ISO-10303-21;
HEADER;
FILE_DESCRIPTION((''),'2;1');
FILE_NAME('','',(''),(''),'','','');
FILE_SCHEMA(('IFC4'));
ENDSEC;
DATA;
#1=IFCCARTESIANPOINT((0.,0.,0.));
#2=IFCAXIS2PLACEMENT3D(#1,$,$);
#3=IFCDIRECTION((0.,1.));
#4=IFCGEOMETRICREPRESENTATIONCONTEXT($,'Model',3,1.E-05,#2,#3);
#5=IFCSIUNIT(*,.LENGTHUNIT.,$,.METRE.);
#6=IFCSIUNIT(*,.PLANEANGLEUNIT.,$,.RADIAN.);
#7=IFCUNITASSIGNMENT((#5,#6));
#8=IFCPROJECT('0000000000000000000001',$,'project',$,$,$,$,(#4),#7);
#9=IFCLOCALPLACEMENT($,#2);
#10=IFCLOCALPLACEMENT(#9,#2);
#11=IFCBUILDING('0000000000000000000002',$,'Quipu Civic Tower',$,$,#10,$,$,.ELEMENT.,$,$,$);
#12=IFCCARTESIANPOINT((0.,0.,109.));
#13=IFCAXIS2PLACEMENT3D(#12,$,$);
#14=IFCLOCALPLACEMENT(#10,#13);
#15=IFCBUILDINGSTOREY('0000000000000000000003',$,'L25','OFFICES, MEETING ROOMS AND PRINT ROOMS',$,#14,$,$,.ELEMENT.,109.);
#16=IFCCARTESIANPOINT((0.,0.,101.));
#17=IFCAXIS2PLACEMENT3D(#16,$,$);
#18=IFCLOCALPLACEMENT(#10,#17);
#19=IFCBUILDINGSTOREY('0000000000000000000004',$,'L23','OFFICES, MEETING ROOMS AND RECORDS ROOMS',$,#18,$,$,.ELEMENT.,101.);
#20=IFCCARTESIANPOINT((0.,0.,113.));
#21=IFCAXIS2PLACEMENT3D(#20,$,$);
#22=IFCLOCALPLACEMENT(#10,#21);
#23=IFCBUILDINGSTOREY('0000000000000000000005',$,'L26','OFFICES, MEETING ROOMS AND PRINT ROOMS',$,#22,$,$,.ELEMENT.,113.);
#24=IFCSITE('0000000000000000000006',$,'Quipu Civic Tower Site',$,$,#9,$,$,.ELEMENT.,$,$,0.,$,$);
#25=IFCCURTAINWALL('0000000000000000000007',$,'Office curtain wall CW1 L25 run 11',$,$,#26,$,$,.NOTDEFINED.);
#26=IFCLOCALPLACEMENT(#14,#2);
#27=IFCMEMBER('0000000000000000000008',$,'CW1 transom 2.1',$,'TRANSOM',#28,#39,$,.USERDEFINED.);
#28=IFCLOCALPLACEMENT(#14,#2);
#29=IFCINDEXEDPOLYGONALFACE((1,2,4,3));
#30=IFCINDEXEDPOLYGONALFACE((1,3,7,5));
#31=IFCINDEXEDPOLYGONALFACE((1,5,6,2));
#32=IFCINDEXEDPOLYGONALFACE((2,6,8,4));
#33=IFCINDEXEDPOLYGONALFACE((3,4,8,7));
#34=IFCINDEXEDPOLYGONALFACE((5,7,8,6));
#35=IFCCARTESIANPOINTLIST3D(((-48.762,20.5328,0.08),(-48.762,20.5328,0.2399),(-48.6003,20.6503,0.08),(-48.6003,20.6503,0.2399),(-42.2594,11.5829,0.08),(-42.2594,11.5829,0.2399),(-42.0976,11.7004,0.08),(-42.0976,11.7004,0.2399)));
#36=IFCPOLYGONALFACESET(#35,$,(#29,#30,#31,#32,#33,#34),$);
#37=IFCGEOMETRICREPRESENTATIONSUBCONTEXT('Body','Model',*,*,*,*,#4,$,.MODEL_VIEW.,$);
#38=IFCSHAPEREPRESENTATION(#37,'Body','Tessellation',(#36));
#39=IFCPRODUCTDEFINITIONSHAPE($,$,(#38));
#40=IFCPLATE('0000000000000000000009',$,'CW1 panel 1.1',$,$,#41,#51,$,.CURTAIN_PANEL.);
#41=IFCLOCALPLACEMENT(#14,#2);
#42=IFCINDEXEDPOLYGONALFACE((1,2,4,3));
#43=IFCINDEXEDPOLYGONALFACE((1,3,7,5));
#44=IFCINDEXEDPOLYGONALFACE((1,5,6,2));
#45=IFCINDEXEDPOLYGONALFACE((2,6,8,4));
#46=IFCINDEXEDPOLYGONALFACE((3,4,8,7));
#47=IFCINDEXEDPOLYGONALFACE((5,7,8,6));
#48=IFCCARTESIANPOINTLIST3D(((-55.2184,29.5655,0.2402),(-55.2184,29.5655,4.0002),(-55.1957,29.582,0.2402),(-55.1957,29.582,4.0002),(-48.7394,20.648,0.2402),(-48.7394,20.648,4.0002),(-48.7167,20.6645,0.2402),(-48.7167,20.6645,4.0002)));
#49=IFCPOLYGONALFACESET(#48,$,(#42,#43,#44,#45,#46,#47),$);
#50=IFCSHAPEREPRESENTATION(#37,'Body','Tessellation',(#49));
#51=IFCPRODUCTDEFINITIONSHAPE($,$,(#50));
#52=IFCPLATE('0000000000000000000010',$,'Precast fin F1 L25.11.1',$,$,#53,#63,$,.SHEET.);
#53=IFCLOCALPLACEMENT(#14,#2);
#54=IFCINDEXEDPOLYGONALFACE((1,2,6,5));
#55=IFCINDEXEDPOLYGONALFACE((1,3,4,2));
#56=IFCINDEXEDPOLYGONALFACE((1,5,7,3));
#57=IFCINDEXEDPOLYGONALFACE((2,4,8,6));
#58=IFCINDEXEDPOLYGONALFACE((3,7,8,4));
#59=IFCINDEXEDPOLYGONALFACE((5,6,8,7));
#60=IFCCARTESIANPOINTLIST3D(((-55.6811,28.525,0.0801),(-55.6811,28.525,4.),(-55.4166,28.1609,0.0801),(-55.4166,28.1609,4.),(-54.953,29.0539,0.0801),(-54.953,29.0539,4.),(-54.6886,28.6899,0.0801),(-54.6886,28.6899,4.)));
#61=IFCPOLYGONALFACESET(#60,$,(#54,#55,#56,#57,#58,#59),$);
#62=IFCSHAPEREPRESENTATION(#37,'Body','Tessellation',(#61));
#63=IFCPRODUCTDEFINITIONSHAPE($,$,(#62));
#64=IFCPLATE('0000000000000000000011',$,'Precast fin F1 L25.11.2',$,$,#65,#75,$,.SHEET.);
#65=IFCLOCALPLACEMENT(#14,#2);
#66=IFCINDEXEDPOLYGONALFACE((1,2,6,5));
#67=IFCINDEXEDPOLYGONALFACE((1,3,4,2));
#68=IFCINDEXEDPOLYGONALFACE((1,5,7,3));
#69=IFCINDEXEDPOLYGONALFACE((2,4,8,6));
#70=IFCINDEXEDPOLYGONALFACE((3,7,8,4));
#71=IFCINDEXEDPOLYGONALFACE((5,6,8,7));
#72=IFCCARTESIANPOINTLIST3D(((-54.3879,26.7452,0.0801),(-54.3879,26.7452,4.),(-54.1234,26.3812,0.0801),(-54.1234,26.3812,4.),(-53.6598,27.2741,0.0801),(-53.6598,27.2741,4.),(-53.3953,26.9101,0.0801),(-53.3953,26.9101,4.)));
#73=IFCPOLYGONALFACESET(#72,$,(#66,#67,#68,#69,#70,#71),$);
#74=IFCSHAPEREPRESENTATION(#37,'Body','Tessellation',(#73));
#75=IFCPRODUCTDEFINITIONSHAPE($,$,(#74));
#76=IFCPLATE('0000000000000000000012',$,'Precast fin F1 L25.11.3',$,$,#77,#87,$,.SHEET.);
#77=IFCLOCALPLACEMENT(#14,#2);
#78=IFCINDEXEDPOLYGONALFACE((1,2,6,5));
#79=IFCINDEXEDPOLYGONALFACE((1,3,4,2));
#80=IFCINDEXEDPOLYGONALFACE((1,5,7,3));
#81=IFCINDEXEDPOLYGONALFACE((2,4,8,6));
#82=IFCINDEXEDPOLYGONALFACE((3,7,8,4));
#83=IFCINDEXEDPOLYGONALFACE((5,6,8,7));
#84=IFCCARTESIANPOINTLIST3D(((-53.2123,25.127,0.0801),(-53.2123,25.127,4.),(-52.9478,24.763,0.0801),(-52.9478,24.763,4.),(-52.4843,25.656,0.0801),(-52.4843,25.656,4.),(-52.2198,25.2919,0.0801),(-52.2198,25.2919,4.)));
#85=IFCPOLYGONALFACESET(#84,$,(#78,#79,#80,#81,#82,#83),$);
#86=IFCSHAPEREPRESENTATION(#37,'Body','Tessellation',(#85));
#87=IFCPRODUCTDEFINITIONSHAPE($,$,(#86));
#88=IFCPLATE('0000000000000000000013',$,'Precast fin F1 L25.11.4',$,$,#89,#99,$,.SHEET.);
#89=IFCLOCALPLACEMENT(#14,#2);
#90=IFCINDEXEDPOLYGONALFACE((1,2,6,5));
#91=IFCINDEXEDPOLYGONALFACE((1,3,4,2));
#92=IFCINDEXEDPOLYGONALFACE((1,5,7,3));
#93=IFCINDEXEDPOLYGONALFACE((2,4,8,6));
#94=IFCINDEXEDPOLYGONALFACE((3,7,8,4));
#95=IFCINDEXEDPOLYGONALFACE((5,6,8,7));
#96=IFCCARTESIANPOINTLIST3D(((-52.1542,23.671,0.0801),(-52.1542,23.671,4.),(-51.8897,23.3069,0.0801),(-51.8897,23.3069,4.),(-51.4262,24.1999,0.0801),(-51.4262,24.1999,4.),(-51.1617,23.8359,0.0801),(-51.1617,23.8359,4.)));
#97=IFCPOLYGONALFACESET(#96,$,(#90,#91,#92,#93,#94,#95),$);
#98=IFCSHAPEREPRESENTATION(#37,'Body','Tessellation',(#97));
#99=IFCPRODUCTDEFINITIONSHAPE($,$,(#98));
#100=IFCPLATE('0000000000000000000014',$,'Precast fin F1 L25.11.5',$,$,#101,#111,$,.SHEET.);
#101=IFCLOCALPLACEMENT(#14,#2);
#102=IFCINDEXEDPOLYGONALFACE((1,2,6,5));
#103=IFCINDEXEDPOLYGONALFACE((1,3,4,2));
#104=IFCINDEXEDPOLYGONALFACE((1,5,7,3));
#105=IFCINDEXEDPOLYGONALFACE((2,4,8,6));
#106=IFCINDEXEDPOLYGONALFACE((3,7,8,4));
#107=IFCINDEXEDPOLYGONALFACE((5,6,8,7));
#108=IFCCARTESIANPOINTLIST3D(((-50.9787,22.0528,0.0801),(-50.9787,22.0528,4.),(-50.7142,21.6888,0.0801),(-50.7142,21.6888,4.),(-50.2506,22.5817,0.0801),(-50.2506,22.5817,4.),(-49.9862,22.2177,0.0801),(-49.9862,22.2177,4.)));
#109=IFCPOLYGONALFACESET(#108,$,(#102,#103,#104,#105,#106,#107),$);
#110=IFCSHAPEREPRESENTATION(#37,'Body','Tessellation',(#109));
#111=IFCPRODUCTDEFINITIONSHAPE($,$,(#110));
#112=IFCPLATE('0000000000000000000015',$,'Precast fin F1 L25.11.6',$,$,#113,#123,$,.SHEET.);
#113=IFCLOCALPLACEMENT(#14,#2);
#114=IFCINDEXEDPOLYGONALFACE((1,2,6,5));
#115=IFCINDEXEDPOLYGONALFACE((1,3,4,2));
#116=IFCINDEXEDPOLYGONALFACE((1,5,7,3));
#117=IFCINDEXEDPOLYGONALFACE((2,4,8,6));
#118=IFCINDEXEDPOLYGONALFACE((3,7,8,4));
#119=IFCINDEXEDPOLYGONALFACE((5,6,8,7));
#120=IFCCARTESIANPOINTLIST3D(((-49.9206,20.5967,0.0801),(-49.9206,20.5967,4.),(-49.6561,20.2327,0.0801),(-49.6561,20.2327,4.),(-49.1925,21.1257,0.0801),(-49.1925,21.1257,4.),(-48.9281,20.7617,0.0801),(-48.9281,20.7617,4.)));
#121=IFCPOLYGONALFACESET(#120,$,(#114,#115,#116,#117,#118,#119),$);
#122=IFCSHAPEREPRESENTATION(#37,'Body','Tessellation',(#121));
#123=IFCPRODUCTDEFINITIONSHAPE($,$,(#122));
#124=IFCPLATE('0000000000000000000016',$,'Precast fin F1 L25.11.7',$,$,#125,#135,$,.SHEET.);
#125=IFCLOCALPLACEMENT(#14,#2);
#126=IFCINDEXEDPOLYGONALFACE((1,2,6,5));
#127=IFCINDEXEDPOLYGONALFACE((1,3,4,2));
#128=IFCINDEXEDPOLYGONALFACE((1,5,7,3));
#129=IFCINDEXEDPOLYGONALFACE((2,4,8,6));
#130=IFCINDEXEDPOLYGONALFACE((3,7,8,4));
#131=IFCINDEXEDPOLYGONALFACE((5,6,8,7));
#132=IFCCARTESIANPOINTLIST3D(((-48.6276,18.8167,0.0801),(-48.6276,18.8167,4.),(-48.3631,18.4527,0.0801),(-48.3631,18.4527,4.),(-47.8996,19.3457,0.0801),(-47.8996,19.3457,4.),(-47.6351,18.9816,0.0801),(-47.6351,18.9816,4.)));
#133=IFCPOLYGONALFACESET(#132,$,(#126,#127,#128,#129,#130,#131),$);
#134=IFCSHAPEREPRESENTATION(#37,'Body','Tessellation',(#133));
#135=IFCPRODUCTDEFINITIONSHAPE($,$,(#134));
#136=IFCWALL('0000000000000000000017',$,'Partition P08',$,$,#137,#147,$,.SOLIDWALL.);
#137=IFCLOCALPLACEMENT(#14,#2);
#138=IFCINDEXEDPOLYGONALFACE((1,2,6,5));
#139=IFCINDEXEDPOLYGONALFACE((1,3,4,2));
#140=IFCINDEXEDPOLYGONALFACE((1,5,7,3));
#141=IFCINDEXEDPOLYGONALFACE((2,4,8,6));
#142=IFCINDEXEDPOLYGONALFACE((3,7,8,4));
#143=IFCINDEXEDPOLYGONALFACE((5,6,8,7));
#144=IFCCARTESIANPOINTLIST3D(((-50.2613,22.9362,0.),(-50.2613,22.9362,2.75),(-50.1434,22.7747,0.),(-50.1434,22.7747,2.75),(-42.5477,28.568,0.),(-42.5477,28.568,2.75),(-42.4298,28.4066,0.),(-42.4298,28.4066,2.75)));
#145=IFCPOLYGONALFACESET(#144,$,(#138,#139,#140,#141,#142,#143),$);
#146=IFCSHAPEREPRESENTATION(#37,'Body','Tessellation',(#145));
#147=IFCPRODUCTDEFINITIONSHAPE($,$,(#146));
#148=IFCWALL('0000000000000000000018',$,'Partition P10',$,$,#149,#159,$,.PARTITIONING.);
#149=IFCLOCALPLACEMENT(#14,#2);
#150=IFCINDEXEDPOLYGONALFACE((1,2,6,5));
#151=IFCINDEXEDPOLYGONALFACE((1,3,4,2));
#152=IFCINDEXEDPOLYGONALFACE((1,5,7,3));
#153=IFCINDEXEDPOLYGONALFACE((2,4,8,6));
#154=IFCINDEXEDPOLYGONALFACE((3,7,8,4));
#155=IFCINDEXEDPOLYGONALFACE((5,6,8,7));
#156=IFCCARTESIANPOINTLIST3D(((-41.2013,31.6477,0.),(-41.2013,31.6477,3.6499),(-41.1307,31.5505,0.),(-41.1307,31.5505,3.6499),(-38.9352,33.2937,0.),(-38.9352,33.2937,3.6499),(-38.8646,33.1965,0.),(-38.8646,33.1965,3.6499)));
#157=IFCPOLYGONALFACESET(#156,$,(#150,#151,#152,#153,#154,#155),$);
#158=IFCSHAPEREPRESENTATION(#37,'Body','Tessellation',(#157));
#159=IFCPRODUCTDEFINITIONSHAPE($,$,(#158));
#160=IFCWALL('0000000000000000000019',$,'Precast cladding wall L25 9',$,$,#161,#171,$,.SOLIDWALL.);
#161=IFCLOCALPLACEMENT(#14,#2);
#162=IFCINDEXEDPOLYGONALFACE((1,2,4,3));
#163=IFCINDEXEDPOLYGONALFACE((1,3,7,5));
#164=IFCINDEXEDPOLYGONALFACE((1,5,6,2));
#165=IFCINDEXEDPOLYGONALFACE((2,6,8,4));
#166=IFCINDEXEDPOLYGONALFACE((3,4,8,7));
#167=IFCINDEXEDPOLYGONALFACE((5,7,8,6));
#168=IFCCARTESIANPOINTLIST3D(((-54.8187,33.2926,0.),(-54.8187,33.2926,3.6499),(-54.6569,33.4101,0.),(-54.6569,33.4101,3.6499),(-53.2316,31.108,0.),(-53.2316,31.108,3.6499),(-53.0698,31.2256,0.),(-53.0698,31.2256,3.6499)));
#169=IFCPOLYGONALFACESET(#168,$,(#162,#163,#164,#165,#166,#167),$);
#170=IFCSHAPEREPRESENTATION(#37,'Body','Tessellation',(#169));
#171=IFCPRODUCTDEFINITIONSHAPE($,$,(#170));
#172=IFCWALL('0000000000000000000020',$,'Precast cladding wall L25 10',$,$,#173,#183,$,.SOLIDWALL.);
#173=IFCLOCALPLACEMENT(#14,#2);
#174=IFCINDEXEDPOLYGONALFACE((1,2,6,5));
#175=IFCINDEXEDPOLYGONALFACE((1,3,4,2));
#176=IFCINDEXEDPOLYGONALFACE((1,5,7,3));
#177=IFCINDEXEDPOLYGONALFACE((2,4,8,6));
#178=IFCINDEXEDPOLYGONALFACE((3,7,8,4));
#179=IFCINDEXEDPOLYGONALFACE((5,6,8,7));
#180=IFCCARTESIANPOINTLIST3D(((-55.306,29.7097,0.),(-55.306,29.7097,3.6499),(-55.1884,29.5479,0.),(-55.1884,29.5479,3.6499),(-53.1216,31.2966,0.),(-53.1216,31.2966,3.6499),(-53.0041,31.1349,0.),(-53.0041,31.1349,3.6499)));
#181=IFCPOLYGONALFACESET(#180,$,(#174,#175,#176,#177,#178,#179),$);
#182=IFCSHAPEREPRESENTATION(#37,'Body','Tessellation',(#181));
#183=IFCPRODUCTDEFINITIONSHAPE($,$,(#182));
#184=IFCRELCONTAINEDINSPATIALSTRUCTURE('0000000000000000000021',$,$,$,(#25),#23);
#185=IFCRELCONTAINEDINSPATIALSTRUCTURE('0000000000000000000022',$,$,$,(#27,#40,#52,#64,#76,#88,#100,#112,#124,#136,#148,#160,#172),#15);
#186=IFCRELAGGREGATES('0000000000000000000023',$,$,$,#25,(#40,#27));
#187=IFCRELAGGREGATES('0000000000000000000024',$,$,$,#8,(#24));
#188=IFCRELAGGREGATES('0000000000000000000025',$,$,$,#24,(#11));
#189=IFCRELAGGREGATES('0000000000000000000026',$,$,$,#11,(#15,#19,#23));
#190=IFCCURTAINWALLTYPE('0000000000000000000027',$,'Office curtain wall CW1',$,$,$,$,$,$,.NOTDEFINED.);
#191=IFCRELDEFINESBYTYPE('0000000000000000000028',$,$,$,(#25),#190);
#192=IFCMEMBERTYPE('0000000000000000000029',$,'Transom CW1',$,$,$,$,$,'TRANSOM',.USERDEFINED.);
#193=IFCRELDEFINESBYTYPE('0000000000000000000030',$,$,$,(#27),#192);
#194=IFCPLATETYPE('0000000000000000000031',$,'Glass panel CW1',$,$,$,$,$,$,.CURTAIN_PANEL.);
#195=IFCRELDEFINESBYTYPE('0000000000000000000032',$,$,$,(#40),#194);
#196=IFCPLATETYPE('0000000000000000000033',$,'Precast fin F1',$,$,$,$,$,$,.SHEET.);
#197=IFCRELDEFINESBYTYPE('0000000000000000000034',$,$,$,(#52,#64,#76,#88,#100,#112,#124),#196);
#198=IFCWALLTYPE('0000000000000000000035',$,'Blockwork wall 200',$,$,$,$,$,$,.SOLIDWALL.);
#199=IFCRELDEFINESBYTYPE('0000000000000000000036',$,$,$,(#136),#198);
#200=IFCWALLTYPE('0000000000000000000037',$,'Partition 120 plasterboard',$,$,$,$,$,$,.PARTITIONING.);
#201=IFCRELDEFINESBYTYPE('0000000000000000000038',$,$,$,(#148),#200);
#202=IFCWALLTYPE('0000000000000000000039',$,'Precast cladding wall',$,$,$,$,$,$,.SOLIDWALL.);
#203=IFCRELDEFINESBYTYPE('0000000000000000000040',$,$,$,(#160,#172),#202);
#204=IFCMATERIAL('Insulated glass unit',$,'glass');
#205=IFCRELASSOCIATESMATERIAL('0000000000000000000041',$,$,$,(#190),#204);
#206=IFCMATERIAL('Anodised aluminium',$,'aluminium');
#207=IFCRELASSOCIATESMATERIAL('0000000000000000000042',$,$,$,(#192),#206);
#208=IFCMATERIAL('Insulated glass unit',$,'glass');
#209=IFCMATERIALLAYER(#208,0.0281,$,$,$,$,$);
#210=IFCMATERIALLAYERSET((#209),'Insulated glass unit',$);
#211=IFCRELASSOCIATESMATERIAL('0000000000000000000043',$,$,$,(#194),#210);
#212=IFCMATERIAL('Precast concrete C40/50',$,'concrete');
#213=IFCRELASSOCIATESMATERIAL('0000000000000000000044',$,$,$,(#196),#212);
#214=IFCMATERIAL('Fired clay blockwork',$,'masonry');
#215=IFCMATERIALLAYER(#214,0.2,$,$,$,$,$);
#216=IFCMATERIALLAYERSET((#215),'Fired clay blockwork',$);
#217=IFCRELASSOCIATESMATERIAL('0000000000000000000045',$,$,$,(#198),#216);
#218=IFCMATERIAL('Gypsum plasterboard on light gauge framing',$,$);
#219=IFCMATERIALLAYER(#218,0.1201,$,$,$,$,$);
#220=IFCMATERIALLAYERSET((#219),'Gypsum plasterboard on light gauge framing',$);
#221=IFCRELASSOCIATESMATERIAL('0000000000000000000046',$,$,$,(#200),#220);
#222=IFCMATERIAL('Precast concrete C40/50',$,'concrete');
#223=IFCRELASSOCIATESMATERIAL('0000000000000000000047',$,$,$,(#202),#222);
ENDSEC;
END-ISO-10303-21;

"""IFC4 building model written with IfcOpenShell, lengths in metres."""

from ifc_helpers import new_model, si_unit, direction, frame, frame_2d, origin, origin_2d, place, context, subcontext, project, spatial, rectangle, extrude, material, layer, layer_set, material_profile, profile_set, type_object, element, aggregate, save


model = new_model("IFC4")

# Units and contexts
model_context = context("Model", 3, precision=1e-05, world=origin(), true_north=direction((0.0, 1.0)))
body_context = subcontext(model_context, "Body", "Model", "MODEL_VIEW")
ifc_project = project(units=[si_unit("LENGTHUNIT", "METRE"), si_unit("PLANEANGLEUNIT", "RADIAN")], contexts=[model_context])

# Site, building, storey
site_placement = place(None, origin())
site = spatial("IfcSite", under=ifc_project, at=site_placement, Name="Quipu Civic Tower Site", CompositionType="ELEMENT", RefElevation=0.0)
building_placement = place(site_placement, origin())
building = spatial("IfcBuilding", under=site, at=building_placement, Name="Quipu Civic Tower", CompositionType="ELEMENT")
storey_1_placement = place(building_placement, frame((0.0, 0.0, 109.0)))
storey_1 = spatial("IfcBuildingStorey", under=building, at=storey_1_placement, Name="L25", Description="OFFICES, MEETING ROOMS AND PRINT ROOMS", CompositionType="ELEMENT", Elevation=109.0)

# Shared definitions
storey_2_placement = place(building_placement, frame((0.0, 0.0, 101.0)))
storey_2 = spatial("IfcBuildingStorey", under=building, at=storey_2_placement, Name="L23", Description="OFFICES, MEETING ROOMS AND RECORDS ROOMS", CompositionType="ELEMENT", Elevation=101.0)

# Shared definitions
ifc_material_1 = material(Name="Insulated glass unit", Category="glass")
curtain_wall_type = type_object("IfcCurtainWallType", Name="Office curtain wall CW1", PredefinedType="NOTDEFINED", material=ifc_material_1)
ifc_material_2 = material(Name="Anodised aluminium", Category="aluminium")
ifc_material_profile_1 = material_profile(ifc_material_2, rectangle(XDim=0.2, YDim=0.1599, at=origin_2d()), Name="RECT 200x160")
ifc_profile_set_1 = profile_set([ifc_material_profile_1], Name="Anodised aluminium")
member_type = type_object("IfcMemberType", Name="Transom CW1", ElementType="TRANSOM", PredefinedType="USERDEFINED", material=ifc_profile_set_1)

# Shared definitions
storey_3_placement = place(building_placement, frame((0.0, 0.0, 113.0)))
storey_3 = spatial("IfcBuildingStorey", under=building, at=storey_3_placement, Name="L26", Description="OFFICES, MEETING ROOMS AND PRINT ROOMS", CompositionType="ELEMENT", Elevation=113.0)

# Curtain wall, member, plate
curtain_wall_1_placement = place(storey_3_placement, origin())
curtain_wall_1 = element("IfcCurtainWall", 1, at=curtain_wall_1_placement, inside=storey_3, type_object=curtain_wall_type, Name="Office curtain wall CW1 L25 run 11", PredefinedType="NOTDEFINED")
member_1_placement = place(storey_1_placement, frame((-48.6812, 20.5916, 0.1599), z_axis=(0.587795, -0.80901, 0.0), x_axis=(0.80901, 0.587795, 0.0)))
member_1 = element("IfcMember", 2, at=member_1_placement, inside=storey_1, type_object=member_type, Name="CW1 transom 2.1", ObjectType="TRANSOM", PredefinedType="USERDEFINED", context=body_context, shape_type="SweptSolid", body=[
    extrude(rectangle(XDim=0.2, YDim=0.1599, at=origin_2d()), origin(), (0.0, 0.0, 1.0), 11.0627),
])
ifc_material_3 = material(Name="Insulated glass unit", Category="glass")
ifc_layer_1 = layer(ifc_material_3, 0.0281)
ifc_layer_set_1 = layer_set([ifc_layer_1], Name="Insulated glass unit")
plate_type_1 = type_object("IfcPlateType", Name="Glass panel CW1", PredefinedType="CURTAIN_PANEL", material=ifc_layer_set_1)
plate_placement = place(storey_1_placement, frame((-51.9675, 25.115, 0.2402), z_axis=(0.0, 0.0, 1.0), x_axis=(0.587786, -0.809017, 0.0)))
plate = element("IfcPlate", 3, at=plate_placement, inside=storey_1, type_object=plate_type_1, Name="CW1 panel 1.1", PredefinedType="CURTAIN_PANEL", context=body_context, shape_type="SweptSolid", body=[
    extrude(rectangle(XDim=11.0227, YDim=0.0281, at=origin_2d()), origin(), (0.0, 0.0, 1.0), 3.76),
])
aggregate(curtain_wall_1, [plate, member_1])

# Plates
ifc_material_4 = material(Name="Precast concrete C40/50", Category="concrete")
plate_type_2 = type_object("IfcPlateType", Name="Precast fin F1", PredefinedType="SHEET", material=ifc_material_4)
for number, where, z_axis, x_axis, name in (
    (4, (-55.1848, 28.6074, 0.0801), (0.0, 0.0, 1.0), (0.587786, -0.809017, 0.0), "Precast fin F1 L25.11.1"),
    (5, (-53.8916, 26.8276, 0.0801), (0.0, 0.0, 1.0), (0.587786, -0.809017, 0.0), "Precast fin F1 L25.11.2"),
    (6, (-52.7161, 25.2095, 0.0801), (0.0, 0.0, 1.0), (0.587786, -0.809017, 0.0), "Precast fin F1 L25.11.3"),
    (7, (-51.658, 23.7534, 0.0801), (0.0, 0.0, 1.0), (0.587786, -0.809017, 0.0), "Precast fin F1 L25.11.4"),
    (8, (-50.4824, 22.1353, 0.0801), (0.0, 0.0, 1.0), (0.587786, -0.809017, 0.0), "Precast fin F1 L25.11.5"),
    (9, (-49.4243, 20.6792, 0.0801), (0.0, 0.0, 1.0), (0.587786, -0.809017, 0.0), "Precast fin F1 L25.11.6"),
    (10, (-48.1313, 18.8992, 0.0801), (0.0, 0.0, 1.0), (0.587786, -0.809017, 0.0), "Precast fin F1 L25.11.7"),
):
    element("IfcPlate", number, at=place(storey_1_placement, frame(where, z_axis=z_axis, x_axis=x_axis)), inside=storey_1, type_object=plate_type_2, Name=name, PredefinedType="SHEET", context=body_context, shape_type="SweptSolid", body=[
        extrude(rectangle(XDim=0.45, YDim=0.8999, at=origin_2d()), origin(), (0.0, 0.0, 1.0), 3.9199),
    ])

# Walls
ifc_material_5 = material(Name="Fired clay blockwork", Category="masonry")
ifc_layer_2 = layer(ifc_material_5, 0.2)
ifc_layer_set_2 = layer_set([ifc_layer_2], Name="Fired clay blockwork")
wall_type_1 = type_object("IfcWallType", Name="Blockwork wall 200", PredefinedType="SOLIDWALL", material=ifc_layer_set_2)
wall_1_placement = place(storey_1_placement, frame((-50.2024, 22.8555, 0.0), z_axis=(0.0, 0.0, 1.0), x_axis=(0.807643, 0.589672, 0.0)))
element("IfcWall", 11, at=wall_1_placement, inside=storey_1, type_object=wall_type_1, Name="Partition P08", PredefinedType="SOLIDWALL", context=body_context, shape_type="SweptSolid", body=[
    extrude(rectangle(XDim=9.5508, YDim=0.2, at=frame_2d((4.7754, 0.0))), origin(), (0.0, 0.0, 1.0), 2.75),
])
ifc_material_6 = material(Name="Gypsum plasterboard on light gauge framing")
ifc_layer_3 = layer(ifc_material_6, 0.1201)
ifc_layer_set_3 = layer_set([ifc_layer_3], Name="Gypsum plasterboard on light gauge framing")
wall_type_2 = type_object("IfcWallType", Name="Partition 120 plasterboard", PredefinedType="PARTITIONING", material=ifc_layer_set_3)
wall_2_placement = place(storey_1_placement, frame((-41.166, 31.5991, 0.0), z_axis=(0.0, 0.0, 1.0), x_axis=(0.80909, 0.587684, 0.0)))
element("IfcWall", 12, at=wall_2_placement, inside=storey_1, type_object=wall_type_2, Name="Partition P10", PredefinedType="PARTITIONING", context=body_context, shape_type="SweptSolid", body=[
    extrude(rectangle(XDim=2.8008, YDim=0.1201, at=frame_2d((1.4004, 0.0))), origin(), (0.0, 0.0, 1.0), 3.6499),
])
ifc_material_7 = material(Name="Precast concrete C40/50", Category="concrete")
wall_type_3 = type_object("IfcWallType", Name="Precast cladding wall", PredefinedType="SOLIDWALL", material=ifc_material_7)
wall_3_placement = place(storey_1_placement, frame((-54.7378, 33.3513, 0.0), z_axis=(0.0, 0.0, 1.0), x_axis=(0.587779, -0.809021, 0.0)))
element("IfcWall", 13, at=wall_3_placement, inside=storey_1, type_object=wall_type_3, Name="Precast cladding wall L25 9", PredefinedType="SOLIDWALL", context=body_context, shape_type="SweptSolid", body=[
    extrude(rectangle(XDim=2.7002, YDim=0.2, at=frame_2d((1.3501, 0.0))), origin(), (0.0, 0.0, 1.0), 3.6499),
])
wall_4_placement = place(storey_1_placement, frame((-53.0627, 31.2158, 0.0), z_axis=(0.0, 0.0, 1.0), x_axis=(-0.809033, -0.587763, 0.0)))
element("IfcWall", 14, at=wall_4_placement, inside=storey_1, type_object=wall_type_3, Name="Precast cladding wall L25 10", PredefinedType="SOLIDWALL", context=body_context, shape_type="SweptSolid", body=[
    extrude(rectangle(XDim=2.7, YDim=0.2, at=frame_2d((1.3501, 0.0))), origin(), (0.0, 0.0, 1.0), 3.6499),
])

save(model, "model.ifc")
